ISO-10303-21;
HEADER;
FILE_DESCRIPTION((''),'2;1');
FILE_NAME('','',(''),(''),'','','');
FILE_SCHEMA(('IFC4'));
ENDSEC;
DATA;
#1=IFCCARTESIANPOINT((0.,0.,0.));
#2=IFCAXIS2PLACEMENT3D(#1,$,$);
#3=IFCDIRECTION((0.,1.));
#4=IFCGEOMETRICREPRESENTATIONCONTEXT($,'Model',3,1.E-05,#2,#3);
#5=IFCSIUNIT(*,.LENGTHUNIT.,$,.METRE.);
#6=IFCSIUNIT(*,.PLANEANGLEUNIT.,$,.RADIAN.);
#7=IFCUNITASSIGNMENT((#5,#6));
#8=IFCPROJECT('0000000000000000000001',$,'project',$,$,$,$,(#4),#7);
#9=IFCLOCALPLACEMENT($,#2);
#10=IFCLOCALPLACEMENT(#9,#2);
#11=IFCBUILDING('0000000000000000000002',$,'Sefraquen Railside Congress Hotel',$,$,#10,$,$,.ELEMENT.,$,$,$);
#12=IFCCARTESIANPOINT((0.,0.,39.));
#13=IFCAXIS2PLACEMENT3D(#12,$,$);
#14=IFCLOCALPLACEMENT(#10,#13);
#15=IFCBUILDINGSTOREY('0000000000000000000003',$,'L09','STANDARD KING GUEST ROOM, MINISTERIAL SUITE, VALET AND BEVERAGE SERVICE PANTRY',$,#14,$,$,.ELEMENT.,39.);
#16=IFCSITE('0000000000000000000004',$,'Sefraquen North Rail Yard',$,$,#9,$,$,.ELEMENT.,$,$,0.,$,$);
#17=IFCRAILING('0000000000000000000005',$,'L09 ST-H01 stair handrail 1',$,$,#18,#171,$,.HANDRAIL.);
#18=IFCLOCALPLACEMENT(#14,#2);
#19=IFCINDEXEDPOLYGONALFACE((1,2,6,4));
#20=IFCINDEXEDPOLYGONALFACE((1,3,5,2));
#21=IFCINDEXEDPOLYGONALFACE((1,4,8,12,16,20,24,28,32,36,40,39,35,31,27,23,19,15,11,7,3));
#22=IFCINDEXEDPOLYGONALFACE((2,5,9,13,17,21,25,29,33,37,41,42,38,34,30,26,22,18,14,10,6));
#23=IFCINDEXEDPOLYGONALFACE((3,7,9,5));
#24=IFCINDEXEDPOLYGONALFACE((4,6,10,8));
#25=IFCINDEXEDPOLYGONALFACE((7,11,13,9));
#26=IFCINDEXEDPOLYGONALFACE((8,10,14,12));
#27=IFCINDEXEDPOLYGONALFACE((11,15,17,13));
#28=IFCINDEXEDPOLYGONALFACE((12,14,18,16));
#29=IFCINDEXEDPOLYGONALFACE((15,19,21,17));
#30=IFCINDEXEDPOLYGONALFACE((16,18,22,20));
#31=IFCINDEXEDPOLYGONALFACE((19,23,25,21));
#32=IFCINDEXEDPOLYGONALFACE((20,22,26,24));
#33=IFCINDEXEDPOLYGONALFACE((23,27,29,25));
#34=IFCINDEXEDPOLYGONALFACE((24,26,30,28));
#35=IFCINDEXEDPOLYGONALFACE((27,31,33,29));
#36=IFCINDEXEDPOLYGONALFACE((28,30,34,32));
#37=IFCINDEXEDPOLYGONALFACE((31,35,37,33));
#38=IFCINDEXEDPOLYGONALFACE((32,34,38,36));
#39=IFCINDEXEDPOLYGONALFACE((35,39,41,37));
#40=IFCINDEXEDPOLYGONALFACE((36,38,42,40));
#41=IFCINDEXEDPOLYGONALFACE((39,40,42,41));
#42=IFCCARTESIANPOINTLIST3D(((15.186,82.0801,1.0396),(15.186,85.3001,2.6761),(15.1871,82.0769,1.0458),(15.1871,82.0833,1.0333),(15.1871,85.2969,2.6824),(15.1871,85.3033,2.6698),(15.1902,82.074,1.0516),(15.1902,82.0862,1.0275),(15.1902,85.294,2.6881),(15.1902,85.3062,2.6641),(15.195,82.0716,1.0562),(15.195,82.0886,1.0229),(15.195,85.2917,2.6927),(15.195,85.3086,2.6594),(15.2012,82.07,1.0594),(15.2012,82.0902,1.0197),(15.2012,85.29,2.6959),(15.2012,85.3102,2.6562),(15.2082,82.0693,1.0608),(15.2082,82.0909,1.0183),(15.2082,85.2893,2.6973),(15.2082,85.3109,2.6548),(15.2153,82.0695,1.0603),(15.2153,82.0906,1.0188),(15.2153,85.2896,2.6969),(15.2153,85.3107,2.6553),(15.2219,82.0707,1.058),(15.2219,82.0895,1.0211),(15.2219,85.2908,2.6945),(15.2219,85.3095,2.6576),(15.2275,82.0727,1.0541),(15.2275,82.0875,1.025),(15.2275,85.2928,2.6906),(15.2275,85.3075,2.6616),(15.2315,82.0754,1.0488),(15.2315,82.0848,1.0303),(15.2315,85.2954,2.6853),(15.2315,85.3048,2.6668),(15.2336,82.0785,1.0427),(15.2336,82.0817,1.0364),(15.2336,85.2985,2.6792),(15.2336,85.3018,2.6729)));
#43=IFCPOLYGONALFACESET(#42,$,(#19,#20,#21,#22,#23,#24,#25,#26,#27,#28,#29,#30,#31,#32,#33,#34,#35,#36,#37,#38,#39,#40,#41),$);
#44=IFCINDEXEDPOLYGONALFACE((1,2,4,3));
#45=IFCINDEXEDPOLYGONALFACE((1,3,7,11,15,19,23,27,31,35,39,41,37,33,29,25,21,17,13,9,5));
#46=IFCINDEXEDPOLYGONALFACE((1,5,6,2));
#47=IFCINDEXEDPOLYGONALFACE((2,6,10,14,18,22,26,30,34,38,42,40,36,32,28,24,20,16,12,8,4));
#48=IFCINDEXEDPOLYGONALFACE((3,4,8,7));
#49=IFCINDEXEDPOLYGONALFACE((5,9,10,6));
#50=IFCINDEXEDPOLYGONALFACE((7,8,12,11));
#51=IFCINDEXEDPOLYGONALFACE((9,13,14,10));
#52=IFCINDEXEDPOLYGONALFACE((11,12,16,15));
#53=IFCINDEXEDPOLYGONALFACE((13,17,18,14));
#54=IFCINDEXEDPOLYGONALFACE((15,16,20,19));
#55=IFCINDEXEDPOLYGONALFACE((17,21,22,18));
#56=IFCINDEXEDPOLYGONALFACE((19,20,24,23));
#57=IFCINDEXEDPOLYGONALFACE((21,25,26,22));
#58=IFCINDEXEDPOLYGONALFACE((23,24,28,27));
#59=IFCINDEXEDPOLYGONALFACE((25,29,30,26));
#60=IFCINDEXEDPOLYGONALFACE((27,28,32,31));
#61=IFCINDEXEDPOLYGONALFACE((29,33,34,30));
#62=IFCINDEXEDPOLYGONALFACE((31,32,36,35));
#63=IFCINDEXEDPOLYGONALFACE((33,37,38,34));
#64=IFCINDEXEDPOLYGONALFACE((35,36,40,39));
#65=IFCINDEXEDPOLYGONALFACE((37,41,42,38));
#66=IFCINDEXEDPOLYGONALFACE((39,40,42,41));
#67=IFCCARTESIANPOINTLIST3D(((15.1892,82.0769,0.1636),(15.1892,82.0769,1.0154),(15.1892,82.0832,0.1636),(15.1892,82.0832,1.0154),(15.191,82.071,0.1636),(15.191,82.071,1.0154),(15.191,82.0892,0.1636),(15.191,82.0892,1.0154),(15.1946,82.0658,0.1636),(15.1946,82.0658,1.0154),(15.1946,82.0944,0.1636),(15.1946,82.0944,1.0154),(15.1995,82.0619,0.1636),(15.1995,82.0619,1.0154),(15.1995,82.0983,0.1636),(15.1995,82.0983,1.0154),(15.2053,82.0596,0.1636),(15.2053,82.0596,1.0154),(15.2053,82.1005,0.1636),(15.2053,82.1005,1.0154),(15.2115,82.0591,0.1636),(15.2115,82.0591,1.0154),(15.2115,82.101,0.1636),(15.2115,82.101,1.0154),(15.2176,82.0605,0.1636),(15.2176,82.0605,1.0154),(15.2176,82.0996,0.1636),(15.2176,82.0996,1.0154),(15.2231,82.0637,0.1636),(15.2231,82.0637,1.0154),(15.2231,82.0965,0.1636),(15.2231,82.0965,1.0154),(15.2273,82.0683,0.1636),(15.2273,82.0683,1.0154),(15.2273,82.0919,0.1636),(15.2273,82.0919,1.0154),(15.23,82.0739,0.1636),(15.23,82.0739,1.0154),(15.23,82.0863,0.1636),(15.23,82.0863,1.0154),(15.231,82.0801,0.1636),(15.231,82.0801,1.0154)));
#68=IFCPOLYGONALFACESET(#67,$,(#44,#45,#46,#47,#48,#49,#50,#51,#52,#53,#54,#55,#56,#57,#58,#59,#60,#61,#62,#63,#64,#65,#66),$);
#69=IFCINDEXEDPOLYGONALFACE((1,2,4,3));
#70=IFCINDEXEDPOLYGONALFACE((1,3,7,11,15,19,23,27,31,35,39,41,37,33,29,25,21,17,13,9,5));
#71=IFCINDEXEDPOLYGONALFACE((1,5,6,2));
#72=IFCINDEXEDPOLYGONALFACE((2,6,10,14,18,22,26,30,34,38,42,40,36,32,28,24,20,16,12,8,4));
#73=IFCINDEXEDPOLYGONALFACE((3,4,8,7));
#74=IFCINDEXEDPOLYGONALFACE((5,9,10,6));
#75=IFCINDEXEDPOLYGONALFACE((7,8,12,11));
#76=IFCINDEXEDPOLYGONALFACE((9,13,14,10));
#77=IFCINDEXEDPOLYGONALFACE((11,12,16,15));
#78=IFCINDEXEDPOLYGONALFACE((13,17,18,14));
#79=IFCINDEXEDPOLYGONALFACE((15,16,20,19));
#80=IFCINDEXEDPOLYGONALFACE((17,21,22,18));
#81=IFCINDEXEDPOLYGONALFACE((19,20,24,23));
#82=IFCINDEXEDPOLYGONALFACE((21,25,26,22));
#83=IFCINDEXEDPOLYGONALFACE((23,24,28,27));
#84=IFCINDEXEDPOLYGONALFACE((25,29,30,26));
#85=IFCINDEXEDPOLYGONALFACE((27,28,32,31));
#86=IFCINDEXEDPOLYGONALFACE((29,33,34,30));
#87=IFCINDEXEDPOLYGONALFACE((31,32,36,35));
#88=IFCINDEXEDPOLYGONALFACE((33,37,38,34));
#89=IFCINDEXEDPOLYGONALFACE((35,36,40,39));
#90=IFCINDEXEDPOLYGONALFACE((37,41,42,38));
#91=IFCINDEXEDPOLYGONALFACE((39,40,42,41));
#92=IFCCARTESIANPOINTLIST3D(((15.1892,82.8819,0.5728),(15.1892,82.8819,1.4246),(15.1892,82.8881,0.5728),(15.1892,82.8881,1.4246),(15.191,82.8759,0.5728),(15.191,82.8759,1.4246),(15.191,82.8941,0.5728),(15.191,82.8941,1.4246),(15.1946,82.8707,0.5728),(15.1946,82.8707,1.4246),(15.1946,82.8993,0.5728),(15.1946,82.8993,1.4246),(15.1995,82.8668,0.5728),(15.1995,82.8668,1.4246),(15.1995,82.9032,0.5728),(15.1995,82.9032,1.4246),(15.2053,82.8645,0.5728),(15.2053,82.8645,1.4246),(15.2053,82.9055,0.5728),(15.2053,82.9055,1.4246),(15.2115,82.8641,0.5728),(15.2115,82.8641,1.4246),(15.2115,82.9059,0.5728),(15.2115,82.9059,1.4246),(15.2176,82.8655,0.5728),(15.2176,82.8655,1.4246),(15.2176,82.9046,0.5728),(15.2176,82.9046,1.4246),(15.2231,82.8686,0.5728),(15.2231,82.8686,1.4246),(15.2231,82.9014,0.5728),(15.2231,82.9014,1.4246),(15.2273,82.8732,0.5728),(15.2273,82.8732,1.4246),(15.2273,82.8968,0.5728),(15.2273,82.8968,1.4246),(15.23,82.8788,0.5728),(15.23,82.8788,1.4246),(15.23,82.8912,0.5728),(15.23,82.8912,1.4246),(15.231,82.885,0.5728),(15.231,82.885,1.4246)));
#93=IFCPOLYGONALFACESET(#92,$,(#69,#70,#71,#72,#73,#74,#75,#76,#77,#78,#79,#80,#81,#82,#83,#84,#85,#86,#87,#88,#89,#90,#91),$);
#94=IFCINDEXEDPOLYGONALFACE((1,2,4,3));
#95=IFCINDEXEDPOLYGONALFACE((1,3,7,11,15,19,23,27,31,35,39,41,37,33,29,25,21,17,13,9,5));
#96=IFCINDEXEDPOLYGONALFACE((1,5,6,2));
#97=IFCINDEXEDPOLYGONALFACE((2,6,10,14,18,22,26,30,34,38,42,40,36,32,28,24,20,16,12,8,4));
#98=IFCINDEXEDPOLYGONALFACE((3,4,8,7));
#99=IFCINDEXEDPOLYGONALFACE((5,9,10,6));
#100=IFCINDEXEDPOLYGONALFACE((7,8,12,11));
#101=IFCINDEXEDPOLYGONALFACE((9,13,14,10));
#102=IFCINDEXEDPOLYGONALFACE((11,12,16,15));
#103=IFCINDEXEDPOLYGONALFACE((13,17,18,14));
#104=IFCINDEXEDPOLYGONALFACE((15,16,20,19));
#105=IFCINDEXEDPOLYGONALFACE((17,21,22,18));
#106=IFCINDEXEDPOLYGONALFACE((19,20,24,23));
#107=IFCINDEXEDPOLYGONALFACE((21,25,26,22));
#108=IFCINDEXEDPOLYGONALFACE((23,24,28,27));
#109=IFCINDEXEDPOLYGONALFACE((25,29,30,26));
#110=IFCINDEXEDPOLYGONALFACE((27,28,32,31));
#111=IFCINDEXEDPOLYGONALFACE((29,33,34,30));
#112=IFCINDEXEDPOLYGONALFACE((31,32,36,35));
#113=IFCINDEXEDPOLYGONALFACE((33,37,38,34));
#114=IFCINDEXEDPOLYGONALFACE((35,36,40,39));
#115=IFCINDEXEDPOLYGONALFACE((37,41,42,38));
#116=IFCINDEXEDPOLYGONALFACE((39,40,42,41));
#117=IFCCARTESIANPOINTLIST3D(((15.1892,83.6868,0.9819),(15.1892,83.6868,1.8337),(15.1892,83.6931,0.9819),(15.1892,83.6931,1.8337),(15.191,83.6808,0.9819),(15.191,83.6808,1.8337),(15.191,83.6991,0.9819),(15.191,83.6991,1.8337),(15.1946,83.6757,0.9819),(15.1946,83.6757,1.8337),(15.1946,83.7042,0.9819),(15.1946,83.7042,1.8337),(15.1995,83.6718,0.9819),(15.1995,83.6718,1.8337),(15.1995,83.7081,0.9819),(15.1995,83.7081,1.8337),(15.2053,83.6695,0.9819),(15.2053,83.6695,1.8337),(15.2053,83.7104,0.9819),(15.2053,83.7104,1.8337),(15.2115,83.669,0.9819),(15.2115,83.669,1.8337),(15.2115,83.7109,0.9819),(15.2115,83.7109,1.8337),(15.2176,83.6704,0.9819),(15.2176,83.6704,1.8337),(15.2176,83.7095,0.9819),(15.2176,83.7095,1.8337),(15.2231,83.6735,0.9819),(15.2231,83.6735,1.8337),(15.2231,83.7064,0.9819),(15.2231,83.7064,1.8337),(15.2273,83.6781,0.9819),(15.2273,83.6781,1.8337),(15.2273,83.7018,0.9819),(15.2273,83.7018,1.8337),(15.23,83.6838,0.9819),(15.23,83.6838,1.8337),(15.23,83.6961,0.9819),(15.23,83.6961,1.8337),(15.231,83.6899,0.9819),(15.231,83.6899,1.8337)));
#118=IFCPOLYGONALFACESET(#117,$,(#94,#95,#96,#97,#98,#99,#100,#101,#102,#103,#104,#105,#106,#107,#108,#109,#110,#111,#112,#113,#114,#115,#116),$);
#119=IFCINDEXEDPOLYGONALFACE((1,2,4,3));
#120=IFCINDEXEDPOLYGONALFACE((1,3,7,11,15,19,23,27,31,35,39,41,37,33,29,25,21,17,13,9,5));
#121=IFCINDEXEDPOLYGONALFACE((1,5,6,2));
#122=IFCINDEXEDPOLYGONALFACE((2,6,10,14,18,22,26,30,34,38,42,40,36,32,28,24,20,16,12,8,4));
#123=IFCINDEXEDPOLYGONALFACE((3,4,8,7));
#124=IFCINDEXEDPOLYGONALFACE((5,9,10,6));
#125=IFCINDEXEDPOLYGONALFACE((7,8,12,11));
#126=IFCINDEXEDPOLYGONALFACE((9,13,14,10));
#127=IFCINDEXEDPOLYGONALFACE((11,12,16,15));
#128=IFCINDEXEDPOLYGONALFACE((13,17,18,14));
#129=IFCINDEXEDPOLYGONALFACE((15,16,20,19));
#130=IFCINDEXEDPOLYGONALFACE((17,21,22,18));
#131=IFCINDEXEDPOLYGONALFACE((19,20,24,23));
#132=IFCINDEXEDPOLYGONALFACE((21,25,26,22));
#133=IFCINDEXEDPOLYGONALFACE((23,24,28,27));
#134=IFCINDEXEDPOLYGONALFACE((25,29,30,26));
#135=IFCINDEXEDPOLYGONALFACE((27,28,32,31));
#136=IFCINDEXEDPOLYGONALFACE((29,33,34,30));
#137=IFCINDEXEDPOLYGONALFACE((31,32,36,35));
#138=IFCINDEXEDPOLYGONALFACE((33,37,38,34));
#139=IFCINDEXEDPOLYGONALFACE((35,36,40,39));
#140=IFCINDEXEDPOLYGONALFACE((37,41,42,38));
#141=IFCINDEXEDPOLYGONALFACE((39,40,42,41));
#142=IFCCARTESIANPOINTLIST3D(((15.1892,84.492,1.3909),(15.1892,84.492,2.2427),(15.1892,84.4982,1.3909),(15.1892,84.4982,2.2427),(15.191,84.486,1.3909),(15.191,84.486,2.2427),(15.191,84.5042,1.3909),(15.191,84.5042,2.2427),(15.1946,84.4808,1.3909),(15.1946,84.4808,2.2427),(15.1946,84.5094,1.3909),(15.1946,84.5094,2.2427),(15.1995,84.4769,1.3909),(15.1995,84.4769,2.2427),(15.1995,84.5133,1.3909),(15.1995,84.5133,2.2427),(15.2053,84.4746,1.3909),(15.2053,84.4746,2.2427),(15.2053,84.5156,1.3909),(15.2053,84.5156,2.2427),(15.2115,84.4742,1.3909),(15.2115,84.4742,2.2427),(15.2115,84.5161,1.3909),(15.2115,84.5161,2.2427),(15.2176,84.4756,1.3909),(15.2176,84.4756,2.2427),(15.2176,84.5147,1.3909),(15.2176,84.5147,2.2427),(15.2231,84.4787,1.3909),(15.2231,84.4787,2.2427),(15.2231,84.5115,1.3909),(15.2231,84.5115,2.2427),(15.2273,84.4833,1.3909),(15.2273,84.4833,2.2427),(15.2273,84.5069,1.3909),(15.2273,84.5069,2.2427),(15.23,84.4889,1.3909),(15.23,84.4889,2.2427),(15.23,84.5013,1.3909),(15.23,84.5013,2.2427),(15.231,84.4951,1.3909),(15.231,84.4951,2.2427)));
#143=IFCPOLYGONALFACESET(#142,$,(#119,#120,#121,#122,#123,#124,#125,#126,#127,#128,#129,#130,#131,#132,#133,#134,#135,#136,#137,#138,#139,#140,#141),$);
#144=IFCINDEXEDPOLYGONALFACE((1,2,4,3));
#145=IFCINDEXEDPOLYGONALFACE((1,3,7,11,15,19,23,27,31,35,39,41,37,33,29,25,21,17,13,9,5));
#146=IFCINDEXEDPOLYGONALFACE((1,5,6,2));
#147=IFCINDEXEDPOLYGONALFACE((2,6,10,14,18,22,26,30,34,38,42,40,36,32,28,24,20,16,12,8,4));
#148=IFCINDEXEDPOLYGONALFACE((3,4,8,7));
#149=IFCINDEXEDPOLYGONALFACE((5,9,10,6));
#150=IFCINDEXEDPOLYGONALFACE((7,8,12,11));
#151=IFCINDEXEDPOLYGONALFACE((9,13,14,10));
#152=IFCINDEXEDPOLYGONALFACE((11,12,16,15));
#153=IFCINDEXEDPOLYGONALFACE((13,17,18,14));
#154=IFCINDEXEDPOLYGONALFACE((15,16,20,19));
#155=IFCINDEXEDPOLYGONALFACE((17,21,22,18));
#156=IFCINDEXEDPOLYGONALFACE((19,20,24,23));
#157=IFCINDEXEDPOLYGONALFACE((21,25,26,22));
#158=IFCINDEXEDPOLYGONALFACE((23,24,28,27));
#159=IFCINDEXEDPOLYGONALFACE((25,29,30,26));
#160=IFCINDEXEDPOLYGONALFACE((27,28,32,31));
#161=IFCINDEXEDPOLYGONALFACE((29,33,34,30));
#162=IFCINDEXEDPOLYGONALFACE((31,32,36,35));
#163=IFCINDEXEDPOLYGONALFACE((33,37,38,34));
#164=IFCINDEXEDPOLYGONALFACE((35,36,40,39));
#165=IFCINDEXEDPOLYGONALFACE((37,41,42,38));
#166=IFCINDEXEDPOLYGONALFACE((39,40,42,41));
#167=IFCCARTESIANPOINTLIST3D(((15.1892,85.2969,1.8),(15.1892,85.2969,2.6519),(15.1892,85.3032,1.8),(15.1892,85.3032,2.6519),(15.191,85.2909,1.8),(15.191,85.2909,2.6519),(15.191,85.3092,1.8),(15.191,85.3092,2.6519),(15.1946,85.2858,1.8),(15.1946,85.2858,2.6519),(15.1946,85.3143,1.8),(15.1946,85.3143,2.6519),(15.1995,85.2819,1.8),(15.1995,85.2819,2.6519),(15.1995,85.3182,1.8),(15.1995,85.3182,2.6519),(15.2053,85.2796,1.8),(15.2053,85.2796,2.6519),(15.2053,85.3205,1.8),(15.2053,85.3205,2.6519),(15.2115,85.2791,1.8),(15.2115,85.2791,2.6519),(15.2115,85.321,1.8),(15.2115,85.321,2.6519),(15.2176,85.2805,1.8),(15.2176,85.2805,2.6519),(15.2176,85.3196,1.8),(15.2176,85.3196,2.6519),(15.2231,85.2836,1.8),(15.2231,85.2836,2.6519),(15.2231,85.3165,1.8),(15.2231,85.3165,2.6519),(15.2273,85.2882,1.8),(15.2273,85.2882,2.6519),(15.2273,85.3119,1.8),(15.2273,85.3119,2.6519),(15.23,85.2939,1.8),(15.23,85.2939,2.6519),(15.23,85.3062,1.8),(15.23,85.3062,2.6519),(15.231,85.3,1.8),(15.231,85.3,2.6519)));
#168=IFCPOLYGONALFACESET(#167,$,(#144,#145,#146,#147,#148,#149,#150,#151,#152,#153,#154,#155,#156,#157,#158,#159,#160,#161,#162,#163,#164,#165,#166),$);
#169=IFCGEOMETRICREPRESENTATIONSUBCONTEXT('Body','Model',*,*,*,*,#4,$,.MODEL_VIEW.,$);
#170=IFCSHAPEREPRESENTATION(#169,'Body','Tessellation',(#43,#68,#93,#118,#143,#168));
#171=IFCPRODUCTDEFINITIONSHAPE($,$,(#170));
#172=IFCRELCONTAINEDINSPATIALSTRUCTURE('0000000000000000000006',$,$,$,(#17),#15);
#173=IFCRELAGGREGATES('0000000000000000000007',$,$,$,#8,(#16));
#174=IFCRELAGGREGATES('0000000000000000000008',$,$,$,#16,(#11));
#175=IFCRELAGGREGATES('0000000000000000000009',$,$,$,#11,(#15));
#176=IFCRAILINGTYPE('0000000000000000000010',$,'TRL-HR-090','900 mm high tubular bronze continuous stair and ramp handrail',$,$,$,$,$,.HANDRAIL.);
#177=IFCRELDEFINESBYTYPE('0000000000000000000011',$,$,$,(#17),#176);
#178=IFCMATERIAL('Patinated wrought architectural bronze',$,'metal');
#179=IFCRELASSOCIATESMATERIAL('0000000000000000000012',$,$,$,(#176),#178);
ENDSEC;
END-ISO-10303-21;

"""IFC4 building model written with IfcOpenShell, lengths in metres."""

from ifc_helpers import new_model, si_unit, direction, frame, origin, origin_2d, place, context, subcontext, project, spatial, circle, extrude, material, type_object, element, save


model = new_model("IFC4")

# Units and contexts
model_context = context("Model", 3, precision=1e-05, world=origin(), true_north=direction((0.0, 1.0)))
body_context = subcontext(model_context, "Body", "Model", "MODEL_VIEW")
ifc_project = project(units=[si_unit("LENGTHUNIT", "METRE"), si_unit("PLANEANGLEUNIT", "RADIAN")], contexts=[model_context])

# Site, building, storey
site_placement = place(None, origin())
site = spatial("IfcSite", under=ifc_project, at=site_placement, Name="Sefraquen North Rail Yard", CompositionType="ELEMENT", RefElevation=0.0)
building_placement = place(site_placement, origin())
building = spatial("IfcBuilding", under=site, at=building_placement, Name="Sefraquen Railside Congress Hotel", CompositionType="ELEMENT")
storey_placement = place(building_placement, frame((0.0, 0.0, 39.0)))
storey = spatial("IfcBuildingStorey", under=building, at=storey_placement, Name="L09", Description="STANDARD KING GUEST ROOM, MINISTERIAL SUITE, VALET AND BEVERAGE SERVICE PANTRY", CompositionType="ELEMENT", Elevation=39.0)

# Railing
ifc_material_1 = material(Name="Patinated wrought architectural bronze", Category="metal")
railing_type_1 = type_object("IfcRailingType", Name="TRL-HR-090", Description="900 mm high tubular bronze continuous stair and ramp handrail", PredefinedType="HANDRAIL", material=ifc_material_1)
railing_1_placement = place(storey_placement, frame((15.21, 82.0801, 0.1636)))
element("IfcRailing", 1, at=railing_1_placement, inside=storey, type_object=railing_type_1, Name="L09 ST-H01 stair handrail 1", PredefinedType="HANDRAIL", context=body_context, shape_type="SweptSolid", body=[
    extrude(circle(Radius=0.0239, at=origin_2d()), frame((0.0, 0.0, 0.876), z_axis=(0.0, 0.891474, 0.453071), x_axis=(-1.0, 0.0, 0.0)), (0.0, 0.0, 1.0), 3.6121),
    extrude(circle(Radius=0.021, at=origin_2d()), origin(), (0.0, 0.0, 1.0), 0.8518),
    extrude(circle(Radius=0.021, at=origin_2d()), frame((0.0, 0.8049, 0.4092)), (0.0, 0.0, 1.0), 0.8518),
    extrude(circle(Radius=0.021, at=origin_2d()), frame((0.0, 1.6099, 0.8184)), (0.0, 0.0, 1.0), 0.8518),
    extrude(circle(Radius=0.021, at=origin_2d()), frame((0.0, 2.415, 1.2273)), (0.0, 0.0, 1.0), 0.8518),
    extrude(circle(Radius=0.021, at=origin_2d()), frame((0.0, 3.22, 1.6365)), (0.0, 0.0, 1.0), 0.8518),
])

save(model, "model.ifc")
